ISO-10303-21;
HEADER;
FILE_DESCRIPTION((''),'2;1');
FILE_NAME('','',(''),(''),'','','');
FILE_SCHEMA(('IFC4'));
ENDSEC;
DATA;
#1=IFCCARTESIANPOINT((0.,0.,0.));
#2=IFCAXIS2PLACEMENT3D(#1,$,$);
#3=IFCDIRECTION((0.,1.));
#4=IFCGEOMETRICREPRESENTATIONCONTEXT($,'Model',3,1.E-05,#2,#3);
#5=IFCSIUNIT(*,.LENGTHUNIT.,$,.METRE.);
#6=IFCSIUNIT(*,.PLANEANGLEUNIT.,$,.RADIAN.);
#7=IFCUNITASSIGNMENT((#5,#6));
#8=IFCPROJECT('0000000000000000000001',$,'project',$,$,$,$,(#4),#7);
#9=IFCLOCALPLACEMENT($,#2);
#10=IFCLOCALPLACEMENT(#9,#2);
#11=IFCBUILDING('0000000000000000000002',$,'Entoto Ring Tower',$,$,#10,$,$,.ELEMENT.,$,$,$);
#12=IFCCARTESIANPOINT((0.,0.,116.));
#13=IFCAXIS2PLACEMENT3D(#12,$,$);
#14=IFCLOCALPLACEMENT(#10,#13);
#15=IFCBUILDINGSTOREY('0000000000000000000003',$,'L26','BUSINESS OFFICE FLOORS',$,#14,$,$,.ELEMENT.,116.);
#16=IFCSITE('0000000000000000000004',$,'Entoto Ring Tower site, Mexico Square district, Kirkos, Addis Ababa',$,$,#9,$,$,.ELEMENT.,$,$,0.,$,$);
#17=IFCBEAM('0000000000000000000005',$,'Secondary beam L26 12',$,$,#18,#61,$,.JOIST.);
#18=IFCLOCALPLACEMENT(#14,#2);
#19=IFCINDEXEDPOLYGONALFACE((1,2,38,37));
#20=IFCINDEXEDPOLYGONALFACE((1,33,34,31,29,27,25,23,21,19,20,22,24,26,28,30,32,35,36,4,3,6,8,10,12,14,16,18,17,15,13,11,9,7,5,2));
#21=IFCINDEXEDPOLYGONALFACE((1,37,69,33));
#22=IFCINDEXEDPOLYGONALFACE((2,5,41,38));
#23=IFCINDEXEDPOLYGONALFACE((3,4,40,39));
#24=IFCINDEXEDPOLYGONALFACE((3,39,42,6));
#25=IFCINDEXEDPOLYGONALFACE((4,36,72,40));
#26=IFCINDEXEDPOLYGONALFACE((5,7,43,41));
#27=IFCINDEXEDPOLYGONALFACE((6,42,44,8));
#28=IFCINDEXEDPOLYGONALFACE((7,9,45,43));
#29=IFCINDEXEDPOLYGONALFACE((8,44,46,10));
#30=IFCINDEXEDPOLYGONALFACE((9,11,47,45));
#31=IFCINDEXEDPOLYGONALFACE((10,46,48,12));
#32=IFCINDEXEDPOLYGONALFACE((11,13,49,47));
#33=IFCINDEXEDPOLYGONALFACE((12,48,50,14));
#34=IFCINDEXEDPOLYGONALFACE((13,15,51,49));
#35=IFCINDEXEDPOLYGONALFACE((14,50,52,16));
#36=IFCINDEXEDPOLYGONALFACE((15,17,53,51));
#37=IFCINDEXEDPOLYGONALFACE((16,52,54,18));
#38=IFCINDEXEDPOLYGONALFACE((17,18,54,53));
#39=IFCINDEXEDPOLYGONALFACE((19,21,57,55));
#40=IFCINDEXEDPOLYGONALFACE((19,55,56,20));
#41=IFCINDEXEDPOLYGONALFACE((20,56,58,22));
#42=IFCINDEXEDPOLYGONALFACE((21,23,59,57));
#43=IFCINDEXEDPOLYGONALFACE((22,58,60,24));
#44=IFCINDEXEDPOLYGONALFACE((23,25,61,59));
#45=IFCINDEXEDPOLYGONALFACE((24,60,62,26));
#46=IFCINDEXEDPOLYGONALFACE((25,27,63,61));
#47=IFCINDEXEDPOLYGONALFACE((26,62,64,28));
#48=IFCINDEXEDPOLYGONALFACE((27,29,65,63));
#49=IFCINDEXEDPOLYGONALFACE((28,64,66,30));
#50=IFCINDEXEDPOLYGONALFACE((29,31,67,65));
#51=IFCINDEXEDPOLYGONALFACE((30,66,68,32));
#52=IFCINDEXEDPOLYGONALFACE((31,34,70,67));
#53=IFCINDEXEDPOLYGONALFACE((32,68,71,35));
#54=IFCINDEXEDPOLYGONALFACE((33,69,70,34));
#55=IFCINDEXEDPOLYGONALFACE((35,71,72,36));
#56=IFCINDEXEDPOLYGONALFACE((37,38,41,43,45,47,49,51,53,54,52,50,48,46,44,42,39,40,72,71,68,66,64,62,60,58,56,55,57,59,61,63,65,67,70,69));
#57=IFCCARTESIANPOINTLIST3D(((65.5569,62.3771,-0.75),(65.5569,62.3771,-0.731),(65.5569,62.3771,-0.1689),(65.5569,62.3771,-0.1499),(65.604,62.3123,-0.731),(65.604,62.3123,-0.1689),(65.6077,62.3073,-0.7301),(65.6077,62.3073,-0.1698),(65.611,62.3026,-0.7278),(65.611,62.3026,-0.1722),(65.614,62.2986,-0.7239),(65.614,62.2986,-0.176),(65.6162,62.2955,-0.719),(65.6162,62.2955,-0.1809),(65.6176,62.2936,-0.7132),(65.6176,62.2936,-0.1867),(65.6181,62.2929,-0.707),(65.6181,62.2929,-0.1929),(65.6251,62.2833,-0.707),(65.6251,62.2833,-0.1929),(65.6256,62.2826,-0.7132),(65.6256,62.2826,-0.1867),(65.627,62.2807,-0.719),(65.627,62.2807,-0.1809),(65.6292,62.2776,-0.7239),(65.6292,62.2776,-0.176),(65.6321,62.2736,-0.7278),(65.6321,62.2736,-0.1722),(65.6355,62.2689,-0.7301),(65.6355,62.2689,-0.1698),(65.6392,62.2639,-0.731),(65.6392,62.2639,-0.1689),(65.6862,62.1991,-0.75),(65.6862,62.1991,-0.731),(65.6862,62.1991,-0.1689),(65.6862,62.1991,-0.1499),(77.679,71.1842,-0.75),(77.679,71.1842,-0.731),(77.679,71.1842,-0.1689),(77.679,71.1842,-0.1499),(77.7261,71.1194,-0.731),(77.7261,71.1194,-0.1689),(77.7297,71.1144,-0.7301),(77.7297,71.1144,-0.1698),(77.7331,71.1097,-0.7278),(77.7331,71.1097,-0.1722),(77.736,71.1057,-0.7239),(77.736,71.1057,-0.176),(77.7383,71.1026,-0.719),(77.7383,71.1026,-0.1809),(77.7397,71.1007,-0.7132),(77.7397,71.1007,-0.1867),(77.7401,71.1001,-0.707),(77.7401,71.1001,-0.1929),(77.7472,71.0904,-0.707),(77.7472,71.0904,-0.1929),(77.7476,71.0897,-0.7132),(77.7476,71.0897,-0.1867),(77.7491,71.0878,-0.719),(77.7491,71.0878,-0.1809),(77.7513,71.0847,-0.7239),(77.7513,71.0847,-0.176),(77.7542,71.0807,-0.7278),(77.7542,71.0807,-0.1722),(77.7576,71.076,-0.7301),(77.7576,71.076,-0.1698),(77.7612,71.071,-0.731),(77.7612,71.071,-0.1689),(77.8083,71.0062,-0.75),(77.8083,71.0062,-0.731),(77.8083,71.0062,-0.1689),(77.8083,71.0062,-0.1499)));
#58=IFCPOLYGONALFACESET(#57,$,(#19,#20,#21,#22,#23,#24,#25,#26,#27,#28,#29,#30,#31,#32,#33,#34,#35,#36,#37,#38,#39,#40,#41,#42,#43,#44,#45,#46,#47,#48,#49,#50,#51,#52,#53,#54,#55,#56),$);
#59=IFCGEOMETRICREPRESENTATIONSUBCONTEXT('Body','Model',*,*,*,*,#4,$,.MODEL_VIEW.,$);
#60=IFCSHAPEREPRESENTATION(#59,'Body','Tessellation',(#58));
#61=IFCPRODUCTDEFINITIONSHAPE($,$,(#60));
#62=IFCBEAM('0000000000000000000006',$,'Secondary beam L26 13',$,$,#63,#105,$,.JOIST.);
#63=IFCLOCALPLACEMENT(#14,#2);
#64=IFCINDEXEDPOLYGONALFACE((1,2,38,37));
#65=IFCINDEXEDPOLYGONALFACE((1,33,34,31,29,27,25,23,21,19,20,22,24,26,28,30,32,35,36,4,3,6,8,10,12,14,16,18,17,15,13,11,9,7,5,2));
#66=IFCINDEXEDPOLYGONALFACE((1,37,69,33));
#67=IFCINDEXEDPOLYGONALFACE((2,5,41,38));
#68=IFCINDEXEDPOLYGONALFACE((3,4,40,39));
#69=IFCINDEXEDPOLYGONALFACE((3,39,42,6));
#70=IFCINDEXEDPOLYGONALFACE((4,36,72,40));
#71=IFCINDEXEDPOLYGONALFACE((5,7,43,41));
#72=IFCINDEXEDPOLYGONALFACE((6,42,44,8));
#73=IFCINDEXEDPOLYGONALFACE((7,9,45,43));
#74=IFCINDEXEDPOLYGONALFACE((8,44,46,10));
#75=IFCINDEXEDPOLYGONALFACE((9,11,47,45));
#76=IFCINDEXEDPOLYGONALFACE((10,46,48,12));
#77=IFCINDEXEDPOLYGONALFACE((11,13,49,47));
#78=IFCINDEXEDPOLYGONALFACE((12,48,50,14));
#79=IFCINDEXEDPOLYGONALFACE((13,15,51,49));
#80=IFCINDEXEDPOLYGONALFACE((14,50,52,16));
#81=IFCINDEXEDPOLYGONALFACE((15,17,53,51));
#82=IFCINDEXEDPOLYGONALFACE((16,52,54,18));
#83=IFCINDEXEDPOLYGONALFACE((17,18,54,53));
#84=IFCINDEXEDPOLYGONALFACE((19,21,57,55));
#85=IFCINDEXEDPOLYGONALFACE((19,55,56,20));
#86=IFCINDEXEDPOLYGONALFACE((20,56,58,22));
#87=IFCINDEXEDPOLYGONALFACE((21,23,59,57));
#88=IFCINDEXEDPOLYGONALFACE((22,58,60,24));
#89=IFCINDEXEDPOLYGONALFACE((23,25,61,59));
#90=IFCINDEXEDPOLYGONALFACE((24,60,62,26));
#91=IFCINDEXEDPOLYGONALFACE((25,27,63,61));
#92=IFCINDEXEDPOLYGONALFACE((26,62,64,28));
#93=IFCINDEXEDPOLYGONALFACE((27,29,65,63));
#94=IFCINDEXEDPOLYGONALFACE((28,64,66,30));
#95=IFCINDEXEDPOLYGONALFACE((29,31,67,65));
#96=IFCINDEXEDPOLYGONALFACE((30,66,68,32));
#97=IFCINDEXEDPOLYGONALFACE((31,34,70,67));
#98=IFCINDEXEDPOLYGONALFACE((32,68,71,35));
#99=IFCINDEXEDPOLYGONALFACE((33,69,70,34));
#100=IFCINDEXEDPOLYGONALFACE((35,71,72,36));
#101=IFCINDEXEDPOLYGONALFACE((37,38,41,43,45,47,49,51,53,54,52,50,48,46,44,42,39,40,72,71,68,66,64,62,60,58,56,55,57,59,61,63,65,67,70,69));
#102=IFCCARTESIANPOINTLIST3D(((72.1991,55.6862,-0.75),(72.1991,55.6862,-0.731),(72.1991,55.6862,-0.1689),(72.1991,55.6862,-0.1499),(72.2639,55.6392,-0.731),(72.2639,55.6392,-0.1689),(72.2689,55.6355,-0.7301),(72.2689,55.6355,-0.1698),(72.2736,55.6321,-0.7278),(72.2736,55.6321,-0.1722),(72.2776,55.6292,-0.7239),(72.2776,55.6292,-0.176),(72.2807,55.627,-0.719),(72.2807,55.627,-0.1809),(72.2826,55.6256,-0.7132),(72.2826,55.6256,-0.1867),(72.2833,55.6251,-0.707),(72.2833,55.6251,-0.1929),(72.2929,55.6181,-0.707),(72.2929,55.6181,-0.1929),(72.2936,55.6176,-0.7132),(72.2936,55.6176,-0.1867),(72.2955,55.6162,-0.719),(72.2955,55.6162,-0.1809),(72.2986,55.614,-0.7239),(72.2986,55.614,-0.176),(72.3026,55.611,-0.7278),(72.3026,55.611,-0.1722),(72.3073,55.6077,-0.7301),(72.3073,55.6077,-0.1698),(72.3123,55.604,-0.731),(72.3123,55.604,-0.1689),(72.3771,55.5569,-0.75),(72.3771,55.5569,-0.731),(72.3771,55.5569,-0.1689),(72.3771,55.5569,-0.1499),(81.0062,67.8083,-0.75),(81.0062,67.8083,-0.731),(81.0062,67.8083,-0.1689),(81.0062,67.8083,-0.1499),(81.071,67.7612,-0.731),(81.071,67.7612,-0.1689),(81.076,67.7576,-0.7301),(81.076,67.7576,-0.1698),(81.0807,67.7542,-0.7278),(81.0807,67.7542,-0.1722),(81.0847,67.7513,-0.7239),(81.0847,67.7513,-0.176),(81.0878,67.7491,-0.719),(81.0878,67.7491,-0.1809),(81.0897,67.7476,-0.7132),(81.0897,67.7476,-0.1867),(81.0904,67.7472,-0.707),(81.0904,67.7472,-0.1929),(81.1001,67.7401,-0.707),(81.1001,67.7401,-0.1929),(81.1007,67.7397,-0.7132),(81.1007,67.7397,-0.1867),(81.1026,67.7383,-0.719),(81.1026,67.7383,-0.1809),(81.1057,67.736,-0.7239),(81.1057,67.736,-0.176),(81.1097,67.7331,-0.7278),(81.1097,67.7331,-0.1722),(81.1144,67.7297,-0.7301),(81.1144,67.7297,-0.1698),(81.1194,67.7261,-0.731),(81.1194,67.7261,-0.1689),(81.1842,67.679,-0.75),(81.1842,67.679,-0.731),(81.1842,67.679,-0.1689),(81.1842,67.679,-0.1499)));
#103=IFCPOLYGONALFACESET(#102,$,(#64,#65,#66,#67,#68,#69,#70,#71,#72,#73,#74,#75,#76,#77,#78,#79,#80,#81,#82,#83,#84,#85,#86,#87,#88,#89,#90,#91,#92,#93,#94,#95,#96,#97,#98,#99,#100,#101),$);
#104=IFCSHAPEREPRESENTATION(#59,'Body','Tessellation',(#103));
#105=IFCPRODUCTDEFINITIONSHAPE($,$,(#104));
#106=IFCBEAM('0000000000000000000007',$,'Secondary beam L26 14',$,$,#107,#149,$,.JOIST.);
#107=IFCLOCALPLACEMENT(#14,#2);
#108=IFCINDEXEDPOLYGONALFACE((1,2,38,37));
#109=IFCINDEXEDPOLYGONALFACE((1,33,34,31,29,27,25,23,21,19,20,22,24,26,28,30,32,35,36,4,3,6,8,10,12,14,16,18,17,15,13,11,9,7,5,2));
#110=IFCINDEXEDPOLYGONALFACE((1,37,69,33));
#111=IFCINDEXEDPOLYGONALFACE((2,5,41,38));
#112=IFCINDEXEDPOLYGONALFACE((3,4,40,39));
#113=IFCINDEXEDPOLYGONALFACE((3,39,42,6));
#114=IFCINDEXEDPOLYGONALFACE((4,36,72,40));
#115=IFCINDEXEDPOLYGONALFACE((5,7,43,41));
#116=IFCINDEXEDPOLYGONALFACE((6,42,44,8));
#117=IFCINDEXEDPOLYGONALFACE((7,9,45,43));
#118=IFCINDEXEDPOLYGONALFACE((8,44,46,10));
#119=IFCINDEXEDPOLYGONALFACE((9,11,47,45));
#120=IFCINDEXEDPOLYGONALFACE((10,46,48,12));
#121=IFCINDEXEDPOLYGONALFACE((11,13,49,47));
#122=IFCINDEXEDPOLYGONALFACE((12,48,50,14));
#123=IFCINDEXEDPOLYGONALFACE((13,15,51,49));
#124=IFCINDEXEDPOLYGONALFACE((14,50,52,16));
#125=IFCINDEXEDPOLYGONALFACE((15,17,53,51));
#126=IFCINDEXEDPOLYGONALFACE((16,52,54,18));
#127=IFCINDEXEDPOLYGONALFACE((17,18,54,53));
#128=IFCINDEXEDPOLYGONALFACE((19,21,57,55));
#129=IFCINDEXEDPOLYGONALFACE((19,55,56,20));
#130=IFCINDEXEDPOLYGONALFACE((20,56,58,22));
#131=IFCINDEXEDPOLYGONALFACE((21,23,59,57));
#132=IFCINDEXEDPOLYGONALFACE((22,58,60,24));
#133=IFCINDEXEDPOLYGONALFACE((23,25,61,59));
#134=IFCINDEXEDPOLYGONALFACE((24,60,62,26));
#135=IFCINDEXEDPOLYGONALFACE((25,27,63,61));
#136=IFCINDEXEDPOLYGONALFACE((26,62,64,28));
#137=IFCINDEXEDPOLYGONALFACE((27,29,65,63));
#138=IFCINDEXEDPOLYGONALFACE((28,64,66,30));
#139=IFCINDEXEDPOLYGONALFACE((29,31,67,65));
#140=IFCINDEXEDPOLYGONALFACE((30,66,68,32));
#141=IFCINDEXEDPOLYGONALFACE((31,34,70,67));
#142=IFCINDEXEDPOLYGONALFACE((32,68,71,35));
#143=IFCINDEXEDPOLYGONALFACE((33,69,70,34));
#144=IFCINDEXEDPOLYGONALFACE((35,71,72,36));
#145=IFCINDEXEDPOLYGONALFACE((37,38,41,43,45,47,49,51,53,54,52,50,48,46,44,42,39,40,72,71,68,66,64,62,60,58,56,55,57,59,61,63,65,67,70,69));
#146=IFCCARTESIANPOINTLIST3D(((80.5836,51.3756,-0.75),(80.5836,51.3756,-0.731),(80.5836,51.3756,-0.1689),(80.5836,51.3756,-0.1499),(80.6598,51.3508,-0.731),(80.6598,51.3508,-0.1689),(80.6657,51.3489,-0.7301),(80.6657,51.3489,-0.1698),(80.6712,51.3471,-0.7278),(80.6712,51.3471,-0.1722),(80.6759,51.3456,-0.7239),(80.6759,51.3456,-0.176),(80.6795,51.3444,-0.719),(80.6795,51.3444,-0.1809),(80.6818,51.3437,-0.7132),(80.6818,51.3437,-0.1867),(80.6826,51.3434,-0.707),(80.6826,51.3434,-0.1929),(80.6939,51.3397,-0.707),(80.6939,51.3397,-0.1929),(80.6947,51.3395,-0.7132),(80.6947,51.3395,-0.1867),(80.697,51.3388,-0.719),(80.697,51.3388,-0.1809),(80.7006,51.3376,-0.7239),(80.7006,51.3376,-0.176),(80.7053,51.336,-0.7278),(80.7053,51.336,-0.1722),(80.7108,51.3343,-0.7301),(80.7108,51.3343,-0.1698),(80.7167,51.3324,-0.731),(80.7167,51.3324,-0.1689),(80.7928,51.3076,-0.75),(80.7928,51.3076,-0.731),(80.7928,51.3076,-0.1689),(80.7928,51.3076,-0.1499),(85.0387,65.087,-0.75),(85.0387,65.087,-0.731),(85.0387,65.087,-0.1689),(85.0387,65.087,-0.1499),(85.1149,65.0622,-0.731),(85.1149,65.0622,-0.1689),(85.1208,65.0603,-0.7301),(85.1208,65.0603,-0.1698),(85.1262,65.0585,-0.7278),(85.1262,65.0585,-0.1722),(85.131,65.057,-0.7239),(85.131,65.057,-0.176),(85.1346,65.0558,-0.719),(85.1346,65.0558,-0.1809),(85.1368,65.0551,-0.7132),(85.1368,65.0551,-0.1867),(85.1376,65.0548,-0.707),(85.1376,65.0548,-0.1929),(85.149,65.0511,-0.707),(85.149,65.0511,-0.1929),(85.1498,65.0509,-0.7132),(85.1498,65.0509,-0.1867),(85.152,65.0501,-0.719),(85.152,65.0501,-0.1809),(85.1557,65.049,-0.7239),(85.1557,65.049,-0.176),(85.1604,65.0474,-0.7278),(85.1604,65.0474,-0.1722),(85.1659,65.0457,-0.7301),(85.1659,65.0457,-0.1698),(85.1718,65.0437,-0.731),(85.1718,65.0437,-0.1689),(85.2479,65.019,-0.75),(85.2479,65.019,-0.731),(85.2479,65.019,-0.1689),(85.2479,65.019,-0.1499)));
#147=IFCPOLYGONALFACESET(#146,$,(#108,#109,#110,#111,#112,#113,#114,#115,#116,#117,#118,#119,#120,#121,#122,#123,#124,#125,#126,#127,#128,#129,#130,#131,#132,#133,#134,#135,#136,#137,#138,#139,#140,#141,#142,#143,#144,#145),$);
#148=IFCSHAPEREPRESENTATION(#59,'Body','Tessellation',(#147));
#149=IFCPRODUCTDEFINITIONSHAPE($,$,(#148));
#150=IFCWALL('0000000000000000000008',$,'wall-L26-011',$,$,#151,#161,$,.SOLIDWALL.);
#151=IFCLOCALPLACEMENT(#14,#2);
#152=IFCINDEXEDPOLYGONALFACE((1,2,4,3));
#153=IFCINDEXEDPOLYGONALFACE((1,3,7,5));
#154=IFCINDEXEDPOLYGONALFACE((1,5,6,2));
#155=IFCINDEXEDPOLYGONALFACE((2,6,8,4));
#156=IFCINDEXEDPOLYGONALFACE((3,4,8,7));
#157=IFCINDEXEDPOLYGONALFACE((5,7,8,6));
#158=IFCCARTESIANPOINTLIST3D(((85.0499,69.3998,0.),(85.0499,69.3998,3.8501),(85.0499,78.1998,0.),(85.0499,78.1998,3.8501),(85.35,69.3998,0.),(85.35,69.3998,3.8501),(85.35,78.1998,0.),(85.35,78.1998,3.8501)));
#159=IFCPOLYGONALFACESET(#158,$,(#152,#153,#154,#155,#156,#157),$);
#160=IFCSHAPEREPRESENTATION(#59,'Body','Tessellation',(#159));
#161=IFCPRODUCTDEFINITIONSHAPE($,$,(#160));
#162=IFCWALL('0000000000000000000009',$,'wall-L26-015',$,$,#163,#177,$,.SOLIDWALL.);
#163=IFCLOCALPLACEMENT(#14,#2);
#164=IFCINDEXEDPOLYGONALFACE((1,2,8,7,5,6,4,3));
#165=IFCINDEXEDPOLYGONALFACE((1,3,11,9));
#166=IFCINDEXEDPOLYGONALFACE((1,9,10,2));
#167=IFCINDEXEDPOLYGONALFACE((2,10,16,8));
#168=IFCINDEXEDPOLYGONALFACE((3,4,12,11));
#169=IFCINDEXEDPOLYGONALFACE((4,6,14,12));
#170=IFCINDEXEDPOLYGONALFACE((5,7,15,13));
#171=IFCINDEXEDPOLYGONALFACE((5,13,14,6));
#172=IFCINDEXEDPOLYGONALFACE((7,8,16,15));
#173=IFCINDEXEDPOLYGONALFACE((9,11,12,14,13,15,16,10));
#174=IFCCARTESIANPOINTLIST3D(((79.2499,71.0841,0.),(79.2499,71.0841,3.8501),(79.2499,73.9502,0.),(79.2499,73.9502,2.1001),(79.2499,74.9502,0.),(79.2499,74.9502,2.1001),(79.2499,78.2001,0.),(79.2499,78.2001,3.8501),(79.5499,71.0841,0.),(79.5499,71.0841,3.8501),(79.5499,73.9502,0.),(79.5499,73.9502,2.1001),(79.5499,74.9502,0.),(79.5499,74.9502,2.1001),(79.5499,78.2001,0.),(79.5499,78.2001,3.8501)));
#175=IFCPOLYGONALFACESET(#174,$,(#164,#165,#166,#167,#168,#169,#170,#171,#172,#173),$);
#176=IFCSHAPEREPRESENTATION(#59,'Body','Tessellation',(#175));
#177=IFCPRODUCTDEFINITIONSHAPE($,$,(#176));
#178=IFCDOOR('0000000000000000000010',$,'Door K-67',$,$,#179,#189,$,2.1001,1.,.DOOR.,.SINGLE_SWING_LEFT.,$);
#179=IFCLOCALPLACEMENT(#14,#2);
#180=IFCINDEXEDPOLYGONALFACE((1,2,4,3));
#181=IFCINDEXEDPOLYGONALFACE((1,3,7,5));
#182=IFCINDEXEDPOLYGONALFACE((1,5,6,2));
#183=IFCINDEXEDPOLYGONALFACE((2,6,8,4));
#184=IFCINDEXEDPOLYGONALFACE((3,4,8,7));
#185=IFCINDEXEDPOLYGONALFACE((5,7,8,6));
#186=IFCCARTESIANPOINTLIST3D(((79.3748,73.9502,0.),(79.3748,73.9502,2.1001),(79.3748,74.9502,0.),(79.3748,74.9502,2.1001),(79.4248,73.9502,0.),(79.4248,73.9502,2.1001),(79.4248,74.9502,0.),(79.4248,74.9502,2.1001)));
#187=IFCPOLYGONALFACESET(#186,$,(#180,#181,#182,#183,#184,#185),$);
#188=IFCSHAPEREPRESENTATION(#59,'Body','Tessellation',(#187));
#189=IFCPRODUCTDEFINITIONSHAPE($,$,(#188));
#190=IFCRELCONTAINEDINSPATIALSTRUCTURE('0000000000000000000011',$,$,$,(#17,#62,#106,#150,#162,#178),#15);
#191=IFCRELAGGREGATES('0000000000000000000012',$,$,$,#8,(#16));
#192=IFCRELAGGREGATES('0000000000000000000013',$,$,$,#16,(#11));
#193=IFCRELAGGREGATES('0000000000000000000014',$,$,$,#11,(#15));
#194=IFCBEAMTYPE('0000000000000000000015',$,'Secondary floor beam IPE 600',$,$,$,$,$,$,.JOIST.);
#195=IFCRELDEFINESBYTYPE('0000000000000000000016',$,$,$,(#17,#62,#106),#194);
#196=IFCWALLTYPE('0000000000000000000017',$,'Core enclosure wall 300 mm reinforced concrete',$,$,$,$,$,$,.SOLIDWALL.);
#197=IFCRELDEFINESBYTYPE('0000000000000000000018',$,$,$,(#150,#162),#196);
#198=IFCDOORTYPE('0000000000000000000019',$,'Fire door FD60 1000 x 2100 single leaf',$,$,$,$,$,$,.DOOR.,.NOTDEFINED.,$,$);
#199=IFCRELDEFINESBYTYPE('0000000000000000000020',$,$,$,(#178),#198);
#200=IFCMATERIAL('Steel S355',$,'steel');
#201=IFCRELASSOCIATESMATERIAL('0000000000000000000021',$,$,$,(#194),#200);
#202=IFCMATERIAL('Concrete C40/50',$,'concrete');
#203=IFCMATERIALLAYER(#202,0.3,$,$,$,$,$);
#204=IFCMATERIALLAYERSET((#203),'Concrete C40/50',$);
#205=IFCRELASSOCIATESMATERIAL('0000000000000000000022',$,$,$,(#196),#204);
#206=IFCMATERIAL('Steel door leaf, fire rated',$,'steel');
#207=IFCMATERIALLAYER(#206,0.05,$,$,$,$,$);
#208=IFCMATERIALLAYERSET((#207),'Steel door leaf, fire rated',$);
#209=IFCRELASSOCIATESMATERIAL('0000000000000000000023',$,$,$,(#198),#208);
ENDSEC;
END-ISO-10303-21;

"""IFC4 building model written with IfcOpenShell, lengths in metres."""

from ifc_helpers import new_model, si_unit, direction, frame, frame_2d, origin, origin_2d, place, context, subcontext, project, spatial, rectangle, i_section, extrude, material, layer, layer_set, material_profile, profile_set, type_object, element, fill, save


model = new_model("IFC4")

# Units and contexts
model_context = context("Model", 3, precision=1e-05, world=origin(), true_north=direction((0.0, 1.0)))
body_context = subcontext(model_context, "Body", "Model", "MODEL_VIEW")
ifc_project = project(units=[si_unit("LENGTHUNIT", "METRE"), si_unit("PLANEANGLEUNIT", "RADIAN")], contexts=[model_context])

# Site, building, storey
site_placement = place(None, origin())
site = spatial("IfcSite", under=ifc_project, at=site_placement, Name="Entoto Ring Tower site, Mexico Square district, Kirkos, Addis Ababa", CompositionType="ELEMENT", RefElevation=0.0)
building_placement = place(site_placement, origin())
building = spatial("IfcBuilding", under=site, at=building_placement, Name="Entoto Ring Tower", CompositionType="ELEMENT")
storey_placement = place(building_placement, frame((0.0, 0.0, 116.0)))
storey = spatial("IfcBuildingStorey", under=building, at=storey_placement, Name="L26", Description="BUSINESS OFFICE FLOORS", CompositionType="ELEMENT", Elevation=116.0)

# Beams
ifc_material_1 = material(Name="Steel S355", Category="steel")
ifc_material_profile_1 = material_profile(ifc_material_1, i_section(OverallWidth=0.22, OverallDepth=0.6001, WebThickness=0.012, FlangeThickness=0.019, FilletRadius=0.0239, at=origin_2d()), Name="IPE 600")
ifc_profile_set_1 = profile_set([ifc_material_profile_1], Name="Steel S355")
beam_type_1 = type_object("IfcBeamType", Name="Secondary floor beam IPE 600", PredefinedType="JOIST", material=ifc_profile_set_1)
for number, where, z_axis, x_axis, name in (
    (1, (77.7437, 71.0952, -0.45), (-0.809019, -0.587782, 0.0), (0.587782, -0.809019, 0.0), "Secondary beam L26 12"),
    (2, (81.0952, 67.7437, -0.45), (-0.587782, -0.809019, 0.0), (0.809019, -0.587782, 0.0), "Secondary beam L26 13"),
):
    element("IfcBeam", number, at=place(storey_placement, frame(where, z_axis=z_axis, x_axis=x_axis)), inside=storey, type_object=beam_type_1, Name=name, PredefinedType="JOIST", context=body_context, shape_type="SweptSolid", body=[
        extrude(i_section(OverallWidth=0.22, OverallDepth=0.6001, WebThickness=0.012, FlangeThickness=0.019, FilletRadius=0.0239, at=origin_2d()), origin(), (0.0, 0.0, 1.0), 14.9836),
    ])
beam_1_placement = place(storey_placement, frame((85.1433, 65.053, -0.45), z_axis=(-0.309015, -0.951057, 0.0), x_axis=(0.951057, -0.309015, 0.0)))
element("IfcBeam", 3, at=beam_1_placement, inside=storey, type_object=beam_type_1, Name="Secondary beam L26 14", PredefinedType="JOIST", context=body_context, shape_type="SweptSolid", body=[
    extrude(i_section(OverallWidth=0.22, OverallDepth=0.6001, WebThickness=0.012, FlangeThickness=0.019, FilletRadius=0.0239, at=origin_2d()), origin(), (0.0, 0.0, 1.0), 14.417),
])

# Wall
ifc_material_2 = material(Name="Concrete C40/50", Category="concrete")
ifc_layer_1 = layer(ifc_material_2, 0.3)
ifc_layer_set_1 = layer_set([ifc_layer_1], Name="Concrete C40/50")
wall_type_1 = type_object("IfcWallType", Name="Core enclosure wall 300 mm reinforced concrete", PredefinedType="SOLIDWALL", material=ifc_layer_set_1)
wall_1_placement = place(storey_placement, frame((85.2, 69.3999, 0.0), z_axis=(0.0, 0.0, 1.0), x_axis=(0.0, 1.0, 0.0)))
element("IfcWall", 4, at=wall_1_placement, inside=storey, type_object=wall_type_1, Name="wall-L26-011", PredefinedType="SOLIDWALL", context=body_context, shape_type="SweptSolid", body=[
    extrude(rectangle(XDim=8.8, YDim=0.3, at=frame_2d((4.3999, 0.0))), origin(), (0.0, 0.0, 1.0), 3.8501),
])

# Wall, opening, door
wall_2_placement = place(storey_placement, frame((79.3999, 71.084, 0.0), z_axis=(0.0, 0.0, 1.0), x_axis=(0.0, 1.0, 0.0)))
wall_2 = element("IfcWall", 5, at=wall_2_placement, inside=storey, type_object=wall_type_1, Name="wall-L26-015", PredefinedType="SOLIDWALL", context=body_context, shape_type="SweptSolid", body=[
    extrude(rectangle(XDim=7.116, YDim=0.3, at=frame_2d((3.5581, 0.0))), origin(), (0.0, 0.0, 1.0), 3.8501),
])
opening_1_placement = place(wall_2_placement, frame((2.8662, 0.0, 0.0)))
opening_1 = element("IfcOpeningElement", 6, at=opening_1_placement, cuts=wall_2, PredefinedType="OPENING", context=body_context, shape_type="SweptSolid", body=[
    extrude(rectangle(XDim=1.0, YDim=2.1001, at=frame_2d((0.5, 1.05))), frame((0.0, 0.1602, 0.0), z_axis=(0.0, -1.0, 0.0), x_axis=(1.0, 0.0, 0.0)), (0.0, 0.0, 1.0), 0.3201),
])
ifc_material_3 = material(Name="Steel door leaf, fire rated", Category="steel")
ifc_layer_2 = layer(ifc_material_3, 0.05)
ifc_layer_set_2 = layer_set([ifc_layer_2], Name="Steel door leaf, fire rated")
door_type_1 = type_object("IfcDoorType", Name="Fire door FD60 1000 x 2100 single leaf", OperationType="NOTDEFINED", PredefinedType="DOOR", material=ifc_layer_set_2)
door_1_placement = place(opening_1_placement, frame((1.0, 0.0, 0.0), z_axis=(0.0, 0.0, 1.0), x_axis=(-1.0, 0.0, 0.0)))
door_1 = element("IfcDoor", 7, at=door_1_placement, inside=storey, type_object=door_type_1, Name="Door K-67", OperationType="SINGLE_SWING_LEFT", OverallHeight=2.1001, OverallWidth=1.0, PredefinedType="DOOR", context=body_context, shape_type="SweptSolid", body=[
    extrude(rectangle(XDim=1.0, YDim=2.1001, at=frame_2d((0.5, 1.05))), frame((0.0, 0.0249, 0.0), z_axis=(0.0, -1.0, 0.0), x_axis=(1.0, 0.0, 0.0)), (0.0, 0.0, 1.0), 0.05),
])
fill(opening_1, door_1)

save(model, "model.ifc")
